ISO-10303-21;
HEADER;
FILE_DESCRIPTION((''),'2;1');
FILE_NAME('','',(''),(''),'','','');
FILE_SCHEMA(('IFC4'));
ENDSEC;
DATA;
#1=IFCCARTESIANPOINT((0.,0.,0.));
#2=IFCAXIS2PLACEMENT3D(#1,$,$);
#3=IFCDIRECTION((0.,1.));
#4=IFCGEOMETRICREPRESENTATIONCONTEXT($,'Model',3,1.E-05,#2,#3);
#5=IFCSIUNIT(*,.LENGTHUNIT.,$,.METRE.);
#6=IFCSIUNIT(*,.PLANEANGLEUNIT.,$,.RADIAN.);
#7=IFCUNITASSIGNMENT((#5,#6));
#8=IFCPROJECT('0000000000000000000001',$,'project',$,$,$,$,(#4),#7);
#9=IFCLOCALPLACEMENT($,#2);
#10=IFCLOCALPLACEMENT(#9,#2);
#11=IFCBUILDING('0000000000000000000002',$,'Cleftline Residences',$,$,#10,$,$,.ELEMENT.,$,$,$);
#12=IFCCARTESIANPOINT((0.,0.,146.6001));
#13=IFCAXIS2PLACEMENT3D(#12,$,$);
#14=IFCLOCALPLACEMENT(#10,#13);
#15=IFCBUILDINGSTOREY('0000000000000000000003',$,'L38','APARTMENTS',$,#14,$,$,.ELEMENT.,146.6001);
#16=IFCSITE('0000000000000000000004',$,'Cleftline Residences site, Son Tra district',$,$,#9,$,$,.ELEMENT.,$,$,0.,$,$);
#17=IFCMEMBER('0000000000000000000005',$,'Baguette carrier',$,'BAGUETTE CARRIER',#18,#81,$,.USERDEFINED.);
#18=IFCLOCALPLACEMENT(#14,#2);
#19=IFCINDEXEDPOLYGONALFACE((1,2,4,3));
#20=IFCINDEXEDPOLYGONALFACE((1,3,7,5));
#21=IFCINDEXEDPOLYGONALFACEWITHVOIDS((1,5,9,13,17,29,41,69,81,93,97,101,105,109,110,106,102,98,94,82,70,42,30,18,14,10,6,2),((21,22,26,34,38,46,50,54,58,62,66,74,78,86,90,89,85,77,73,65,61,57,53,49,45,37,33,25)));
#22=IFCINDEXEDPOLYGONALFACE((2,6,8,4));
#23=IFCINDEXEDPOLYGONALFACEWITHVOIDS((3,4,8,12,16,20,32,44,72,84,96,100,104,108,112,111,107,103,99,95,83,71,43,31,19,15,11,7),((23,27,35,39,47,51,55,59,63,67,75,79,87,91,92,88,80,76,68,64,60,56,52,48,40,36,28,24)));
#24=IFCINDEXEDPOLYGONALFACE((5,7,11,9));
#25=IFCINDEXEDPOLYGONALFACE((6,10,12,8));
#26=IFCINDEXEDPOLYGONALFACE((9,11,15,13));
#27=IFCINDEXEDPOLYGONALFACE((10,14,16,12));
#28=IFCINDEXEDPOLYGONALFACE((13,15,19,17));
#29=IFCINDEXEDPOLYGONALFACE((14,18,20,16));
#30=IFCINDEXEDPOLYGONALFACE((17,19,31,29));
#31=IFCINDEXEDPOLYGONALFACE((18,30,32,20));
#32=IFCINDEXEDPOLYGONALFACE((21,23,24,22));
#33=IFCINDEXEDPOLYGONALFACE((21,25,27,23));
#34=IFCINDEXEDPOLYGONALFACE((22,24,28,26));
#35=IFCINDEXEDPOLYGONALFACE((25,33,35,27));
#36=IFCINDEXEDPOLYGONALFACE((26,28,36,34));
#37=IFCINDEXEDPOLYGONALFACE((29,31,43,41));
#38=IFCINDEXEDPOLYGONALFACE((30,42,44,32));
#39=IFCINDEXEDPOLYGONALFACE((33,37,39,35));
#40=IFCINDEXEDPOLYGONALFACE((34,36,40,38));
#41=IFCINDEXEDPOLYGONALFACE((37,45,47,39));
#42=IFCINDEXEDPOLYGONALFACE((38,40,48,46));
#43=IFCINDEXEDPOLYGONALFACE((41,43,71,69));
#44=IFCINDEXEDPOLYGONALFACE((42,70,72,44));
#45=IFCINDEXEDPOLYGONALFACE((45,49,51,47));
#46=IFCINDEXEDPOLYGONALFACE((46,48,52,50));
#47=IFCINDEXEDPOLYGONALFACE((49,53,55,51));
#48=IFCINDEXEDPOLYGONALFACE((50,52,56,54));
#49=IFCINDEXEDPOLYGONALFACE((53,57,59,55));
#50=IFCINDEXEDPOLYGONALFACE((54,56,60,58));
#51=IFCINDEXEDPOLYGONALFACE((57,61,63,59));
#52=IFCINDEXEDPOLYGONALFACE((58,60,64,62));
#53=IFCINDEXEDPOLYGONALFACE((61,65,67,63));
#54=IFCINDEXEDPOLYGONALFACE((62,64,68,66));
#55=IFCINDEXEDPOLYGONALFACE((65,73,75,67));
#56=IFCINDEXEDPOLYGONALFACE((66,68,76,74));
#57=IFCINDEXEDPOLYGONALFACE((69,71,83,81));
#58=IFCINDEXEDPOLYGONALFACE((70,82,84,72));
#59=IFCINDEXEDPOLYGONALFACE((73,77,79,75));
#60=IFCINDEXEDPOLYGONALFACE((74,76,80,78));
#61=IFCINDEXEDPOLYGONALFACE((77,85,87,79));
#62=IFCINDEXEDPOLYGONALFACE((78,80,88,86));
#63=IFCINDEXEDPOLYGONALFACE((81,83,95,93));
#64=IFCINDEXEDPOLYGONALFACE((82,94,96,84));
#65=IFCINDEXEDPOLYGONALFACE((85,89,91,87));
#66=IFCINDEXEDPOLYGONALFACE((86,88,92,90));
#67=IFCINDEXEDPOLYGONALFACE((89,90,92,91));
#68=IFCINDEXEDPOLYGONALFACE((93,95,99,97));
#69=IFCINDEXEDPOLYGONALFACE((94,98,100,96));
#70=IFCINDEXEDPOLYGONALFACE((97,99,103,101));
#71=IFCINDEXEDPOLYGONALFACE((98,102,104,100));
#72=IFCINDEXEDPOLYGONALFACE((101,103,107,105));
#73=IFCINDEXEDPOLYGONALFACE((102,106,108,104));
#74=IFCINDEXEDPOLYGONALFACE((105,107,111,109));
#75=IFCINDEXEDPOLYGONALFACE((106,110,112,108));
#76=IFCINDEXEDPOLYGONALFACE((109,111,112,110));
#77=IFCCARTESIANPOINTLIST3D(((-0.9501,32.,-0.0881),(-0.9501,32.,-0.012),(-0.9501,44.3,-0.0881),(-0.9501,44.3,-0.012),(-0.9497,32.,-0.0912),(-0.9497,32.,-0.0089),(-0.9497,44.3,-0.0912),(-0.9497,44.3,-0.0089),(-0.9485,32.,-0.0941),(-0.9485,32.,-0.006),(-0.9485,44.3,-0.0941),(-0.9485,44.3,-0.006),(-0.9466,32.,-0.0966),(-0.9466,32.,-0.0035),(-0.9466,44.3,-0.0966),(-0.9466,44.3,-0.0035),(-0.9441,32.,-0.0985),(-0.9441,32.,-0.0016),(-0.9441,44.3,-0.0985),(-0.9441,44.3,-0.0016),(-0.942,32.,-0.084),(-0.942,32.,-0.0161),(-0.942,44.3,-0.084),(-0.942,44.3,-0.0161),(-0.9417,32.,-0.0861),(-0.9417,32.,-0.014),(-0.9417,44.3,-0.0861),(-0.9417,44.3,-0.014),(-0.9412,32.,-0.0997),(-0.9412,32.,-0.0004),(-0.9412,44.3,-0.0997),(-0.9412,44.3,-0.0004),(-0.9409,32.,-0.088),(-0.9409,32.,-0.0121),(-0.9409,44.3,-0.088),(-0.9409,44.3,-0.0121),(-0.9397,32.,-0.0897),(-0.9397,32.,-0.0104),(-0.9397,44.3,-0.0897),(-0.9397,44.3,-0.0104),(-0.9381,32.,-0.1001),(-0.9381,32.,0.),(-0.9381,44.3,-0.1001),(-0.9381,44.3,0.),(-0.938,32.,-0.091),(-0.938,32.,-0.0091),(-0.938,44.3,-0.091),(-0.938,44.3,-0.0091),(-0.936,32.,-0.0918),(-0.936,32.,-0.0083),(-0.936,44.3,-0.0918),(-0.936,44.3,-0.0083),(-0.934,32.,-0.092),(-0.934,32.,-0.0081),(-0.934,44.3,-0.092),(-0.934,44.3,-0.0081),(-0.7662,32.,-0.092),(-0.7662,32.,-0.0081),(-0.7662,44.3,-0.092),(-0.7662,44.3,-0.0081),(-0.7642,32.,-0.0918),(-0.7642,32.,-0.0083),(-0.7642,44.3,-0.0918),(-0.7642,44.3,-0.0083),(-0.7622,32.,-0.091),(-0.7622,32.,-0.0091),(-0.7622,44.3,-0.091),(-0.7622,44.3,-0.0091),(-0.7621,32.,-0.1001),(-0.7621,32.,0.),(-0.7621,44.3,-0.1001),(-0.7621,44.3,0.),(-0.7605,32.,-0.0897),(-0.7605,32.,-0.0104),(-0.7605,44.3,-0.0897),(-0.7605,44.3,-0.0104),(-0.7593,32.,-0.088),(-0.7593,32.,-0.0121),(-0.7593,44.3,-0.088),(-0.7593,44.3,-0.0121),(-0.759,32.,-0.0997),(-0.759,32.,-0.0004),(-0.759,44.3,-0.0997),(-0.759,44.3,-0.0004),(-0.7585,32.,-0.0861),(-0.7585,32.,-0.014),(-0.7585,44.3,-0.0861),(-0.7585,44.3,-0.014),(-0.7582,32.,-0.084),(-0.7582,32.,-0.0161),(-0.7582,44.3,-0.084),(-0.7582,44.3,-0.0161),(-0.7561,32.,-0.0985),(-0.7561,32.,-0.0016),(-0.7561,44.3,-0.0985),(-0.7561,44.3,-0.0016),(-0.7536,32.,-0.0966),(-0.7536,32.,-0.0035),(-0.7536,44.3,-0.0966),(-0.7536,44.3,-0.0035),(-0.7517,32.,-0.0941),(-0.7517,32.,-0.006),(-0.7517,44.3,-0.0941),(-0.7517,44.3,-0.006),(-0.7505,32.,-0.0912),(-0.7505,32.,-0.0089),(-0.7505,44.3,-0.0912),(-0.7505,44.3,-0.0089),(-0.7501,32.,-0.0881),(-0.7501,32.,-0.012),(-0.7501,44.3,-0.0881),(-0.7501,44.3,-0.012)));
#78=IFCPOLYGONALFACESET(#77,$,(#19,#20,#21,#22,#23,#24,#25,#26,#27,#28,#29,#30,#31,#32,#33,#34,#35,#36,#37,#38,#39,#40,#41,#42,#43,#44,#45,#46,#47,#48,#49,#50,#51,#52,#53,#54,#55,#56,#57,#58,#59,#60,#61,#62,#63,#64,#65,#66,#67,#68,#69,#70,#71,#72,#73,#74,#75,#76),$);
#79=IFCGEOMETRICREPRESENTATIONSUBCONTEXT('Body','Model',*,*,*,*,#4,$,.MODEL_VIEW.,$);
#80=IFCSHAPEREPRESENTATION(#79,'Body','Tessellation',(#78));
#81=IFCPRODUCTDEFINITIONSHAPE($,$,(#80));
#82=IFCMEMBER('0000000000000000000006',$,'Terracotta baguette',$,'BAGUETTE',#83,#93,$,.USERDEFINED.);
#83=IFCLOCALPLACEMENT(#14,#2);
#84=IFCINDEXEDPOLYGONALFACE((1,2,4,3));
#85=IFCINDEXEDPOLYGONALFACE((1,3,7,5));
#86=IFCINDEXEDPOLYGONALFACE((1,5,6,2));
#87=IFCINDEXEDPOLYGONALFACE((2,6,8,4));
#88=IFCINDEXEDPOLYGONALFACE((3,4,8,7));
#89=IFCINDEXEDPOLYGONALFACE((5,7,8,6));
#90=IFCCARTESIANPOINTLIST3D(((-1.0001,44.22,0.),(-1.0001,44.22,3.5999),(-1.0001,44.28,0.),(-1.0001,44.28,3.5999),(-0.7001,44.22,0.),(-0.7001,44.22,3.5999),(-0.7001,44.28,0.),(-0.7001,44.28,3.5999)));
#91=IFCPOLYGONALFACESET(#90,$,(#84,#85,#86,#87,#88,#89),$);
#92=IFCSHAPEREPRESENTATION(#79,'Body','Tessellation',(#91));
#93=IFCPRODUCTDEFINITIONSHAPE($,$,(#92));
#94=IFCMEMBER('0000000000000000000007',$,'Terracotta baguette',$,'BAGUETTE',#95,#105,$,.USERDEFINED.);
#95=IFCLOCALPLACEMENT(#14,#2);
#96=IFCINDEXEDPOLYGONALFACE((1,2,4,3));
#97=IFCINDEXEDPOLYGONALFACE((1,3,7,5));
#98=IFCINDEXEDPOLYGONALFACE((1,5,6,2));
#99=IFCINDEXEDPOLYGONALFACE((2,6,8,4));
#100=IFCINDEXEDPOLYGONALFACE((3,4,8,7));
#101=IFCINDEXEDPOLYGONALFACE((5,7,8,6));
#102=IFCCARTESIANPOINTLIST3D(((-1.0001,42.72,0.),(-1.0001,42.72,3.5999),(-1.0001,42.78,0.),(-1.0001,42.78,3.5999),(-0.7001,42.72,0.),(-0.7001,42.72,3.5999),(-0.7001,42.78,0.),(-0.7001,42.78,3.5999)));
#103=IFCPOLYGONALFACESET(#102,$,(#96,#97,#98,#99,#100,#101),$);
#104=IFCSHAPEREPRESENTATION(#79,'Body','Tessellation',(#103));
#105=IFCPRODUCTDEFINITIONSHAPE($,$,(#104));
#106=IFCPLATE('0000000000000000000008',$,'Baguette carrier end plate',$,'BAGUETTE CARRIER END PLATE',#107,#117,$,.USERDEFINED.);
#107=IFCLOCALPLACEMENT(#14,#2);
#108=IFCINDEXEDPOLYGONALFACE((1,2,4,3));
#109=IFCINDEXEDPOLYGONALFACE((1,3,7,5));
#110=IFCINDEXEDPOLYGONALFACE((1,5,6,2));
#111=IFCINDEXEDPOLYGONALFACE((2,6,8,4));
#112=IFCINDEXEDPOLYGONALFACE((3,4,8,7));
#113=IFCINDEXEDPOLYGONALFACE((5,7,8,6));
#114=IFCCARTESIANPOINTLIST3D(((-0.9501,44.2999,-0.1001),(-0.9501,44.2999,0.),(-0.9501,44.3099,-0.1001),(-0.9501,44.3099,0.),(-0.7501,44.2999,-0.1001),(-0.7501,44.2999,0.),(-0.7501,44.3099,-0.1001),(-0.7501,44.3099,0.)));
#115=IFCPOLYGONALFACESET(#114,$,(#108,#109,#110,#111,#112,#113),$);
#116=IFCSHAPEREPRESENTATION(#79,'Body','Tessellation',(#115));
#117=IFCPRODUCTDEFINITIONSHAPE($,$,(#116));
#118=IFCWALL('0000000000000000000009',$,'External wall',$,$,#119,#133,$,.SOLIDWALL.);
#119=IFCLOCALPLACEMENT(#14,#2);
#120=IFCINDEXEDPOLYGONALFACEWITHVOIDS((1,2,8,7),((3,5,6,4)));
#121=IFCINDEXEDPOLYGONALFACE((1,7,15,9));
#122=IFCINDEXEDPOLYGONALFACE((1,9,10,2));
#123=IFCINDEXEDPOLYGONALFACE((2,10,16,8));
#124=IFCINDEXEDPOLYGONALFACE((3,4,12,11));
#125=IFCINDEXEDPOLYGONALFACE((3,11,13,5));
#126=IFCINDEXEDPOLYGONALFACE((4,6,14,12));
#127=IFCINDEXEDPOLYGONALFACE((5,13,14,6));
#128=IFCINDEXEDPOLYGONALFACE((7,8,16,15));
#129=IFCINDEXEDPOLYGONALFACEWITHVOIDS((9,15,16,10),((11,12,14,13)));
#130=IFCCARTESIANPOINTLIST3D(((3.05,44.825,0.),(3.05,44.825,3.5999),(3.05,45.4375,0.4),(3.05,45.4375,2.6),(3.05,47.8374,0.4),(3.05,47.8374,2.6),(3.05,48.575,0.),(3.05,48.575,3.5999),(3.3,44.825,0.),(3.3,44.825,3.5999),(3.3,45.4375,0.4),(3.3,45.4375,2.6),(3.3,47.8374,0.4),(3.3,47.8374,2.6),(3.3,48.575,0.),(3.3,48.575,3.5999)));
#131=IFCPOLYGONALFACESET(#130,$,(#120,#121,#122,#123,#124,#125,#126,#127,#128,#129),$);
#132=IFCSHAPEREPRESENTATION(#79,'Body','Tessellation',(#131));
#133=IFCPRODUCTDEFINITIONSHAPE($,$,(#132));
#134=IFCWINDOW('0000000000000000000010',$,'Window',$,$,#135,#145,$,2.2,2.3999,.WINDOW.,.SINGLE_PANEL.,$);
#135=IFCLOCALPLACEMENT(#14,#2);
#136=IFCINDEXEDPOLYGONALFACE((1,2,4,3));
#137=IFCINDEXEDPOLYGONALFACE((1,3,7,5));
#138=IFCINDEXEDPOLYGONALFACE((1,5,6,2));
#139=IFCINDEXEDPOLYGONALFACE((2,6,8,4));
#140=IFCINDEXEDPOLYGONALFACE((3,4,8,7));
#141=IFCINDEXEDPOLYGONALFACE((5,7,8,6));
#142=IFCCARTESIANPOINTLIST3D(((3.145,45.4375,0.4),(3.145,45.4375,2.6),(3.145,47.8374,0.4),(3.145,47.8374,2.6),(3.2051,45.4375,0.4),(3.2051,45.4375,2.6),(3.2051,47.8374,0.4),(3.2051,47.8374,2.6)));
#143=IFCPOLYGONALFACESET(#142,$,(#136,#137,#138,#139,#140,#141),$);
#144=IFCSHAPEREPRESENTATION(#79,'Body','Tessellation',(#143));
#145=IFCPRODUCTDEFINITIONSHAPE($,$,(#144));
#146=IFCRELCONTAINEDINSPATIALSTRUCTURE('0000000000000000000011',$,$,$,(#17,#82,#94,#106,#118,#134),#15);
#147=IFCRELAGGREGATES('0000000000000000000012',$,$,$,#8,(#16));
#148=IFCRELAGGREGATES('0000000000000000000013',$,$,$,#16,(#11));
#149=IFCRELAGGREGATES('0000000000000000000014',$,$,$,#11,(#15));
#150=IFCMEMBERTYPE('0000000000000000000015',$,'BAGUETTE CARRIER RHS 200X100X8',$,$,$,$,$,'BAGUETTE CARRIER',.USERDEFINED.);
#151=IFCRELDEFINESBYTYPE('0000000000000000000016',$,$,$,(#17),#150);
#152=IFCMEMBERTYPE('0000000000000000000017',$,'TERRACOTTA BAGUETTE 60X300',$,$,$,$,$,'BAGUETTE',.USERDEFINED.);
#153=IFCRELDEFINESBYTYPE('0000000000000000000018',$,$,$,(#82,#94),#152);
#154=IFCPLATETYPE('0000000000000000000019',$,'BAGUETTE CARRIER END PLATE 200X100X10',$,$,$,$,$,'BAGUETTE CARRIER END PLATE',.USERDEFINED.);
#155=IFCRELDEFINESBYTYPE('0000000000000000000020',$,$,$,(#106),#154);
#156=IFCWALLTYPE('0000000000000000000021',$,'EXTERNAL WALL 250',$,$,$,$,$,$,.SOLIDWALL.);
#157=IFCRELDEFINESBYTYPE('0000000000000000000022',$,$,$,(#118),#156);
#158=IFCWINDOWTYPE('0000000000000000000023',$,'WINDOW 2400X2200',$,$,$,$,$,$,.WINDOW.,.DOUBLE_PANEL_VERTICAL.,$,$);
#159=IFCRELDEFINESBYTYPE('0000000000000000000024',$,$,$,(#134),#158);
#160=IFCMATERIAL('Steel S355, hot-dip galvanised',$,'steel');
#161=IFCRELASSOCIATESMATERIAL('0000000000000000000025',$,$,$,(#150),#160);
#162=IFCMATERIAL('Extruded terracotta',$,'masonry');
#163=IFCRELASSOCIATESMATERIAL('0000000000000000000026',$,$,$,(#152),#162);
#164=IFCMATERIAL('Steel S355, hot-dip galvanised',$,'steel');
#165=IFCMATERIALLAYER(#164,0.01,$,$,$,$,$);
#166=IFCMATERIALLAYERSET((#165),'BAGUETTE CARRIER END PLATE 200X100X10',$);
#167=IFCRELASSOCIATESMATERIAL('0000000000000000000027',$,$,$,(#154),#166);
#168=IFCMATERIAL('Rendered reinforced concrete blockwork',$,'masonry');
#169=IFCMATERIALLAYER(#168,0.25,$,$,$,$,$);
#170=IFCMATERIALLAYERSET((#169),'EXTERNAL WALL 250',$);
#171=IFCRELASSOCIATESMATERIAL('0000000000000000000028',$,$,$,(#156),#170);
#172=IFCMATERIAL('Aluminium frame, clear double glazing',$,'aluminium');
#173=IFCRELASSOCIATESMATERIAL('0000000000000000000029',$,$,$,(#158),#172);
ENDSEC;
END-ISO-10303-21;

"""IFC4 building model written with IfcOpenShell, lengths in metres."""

from ifc_helpers import new_model, si_unit, direction, frame, frame_2d, origin, origin_2d, place, context, subcontext, project, spatial, rectangle, hollow_rectangle, extrude, material, layer, layer_set, material_profile, profile_set, type_object, element, fill, save


model = new_model("IFC4")

# Units and contexts
model_context = context("Model", 3, precision=1e-05, world=origin(), true_north=direction((0.0, 1.0)))
body_context = subcontext(model_context, "Body", "Model", "MODEL_VIEW")
ifc_project = project(units=[si_unit("LENGTHUNIT", "METRE"), si_unit("PLANEANGLEUNIT", "RADIAN")], contexts=[model_context])

# Site, building, storey
site_placement = place(None, origin())
site = spatial("IfcSite", under=ifc_project, at=site_placement, Name="Cleftline Residences site, Son Tra district", CompositionType="ELEMENT", RefElevation=0.0)
building_placement = place(site_placement, origin())
building = spatial("IfcBuilding", under=site, at=building_placement, Name="Cleftline Residences", CompositionType="ELEMENT")
storey_placement = place(building_placement, frame((0.0, 0.0, 146.6001)))
storey = spatial("IfcBuildingStorey", under=building, at=storey_placement, Name="L38", Description="APARTMENTS", CompositionType="ELEMENT", Elevation=146.6001)

# Members
ifc_material_1 = material(Name="Steel S355, hot-dip galvanised", Category="steel")
ifc_material_profile_1 = material_profile(ifc_material_1, hollow_rectangle(XDim=0.1001, YDim=0.2, WallThickness=0.0081, InnerFilletRadius=0.0081, OuterFilletRadius=0.012, at=origin_2d()))
ifc_profile_set_1 = profile_set([ifc_material_profile_1], Name="Steel S355, hot-dip galvanised")
member_type_1 = type_object("IfcMemberType", Name="BAGUETTE CARRIER RHS 200X100X8", ElementType="BAGUETTE CARRIER", PredefinedType="USERDEFINED", material=ifc_profile_set_1)
member_placement = place(storey_placement, frame((-0.8501, 44.3, -0.05), z_axis=(0.0, -1.0, 0.0), x_axis=(0.0, 0.0, 1.0)))
element("IfcMember", 1, at=member_placement, inside=storey, type_object=member_type_1, Name="Baguette carrier", ObjectType="BAGUETTE CARRIER", PredefinedType="USERDEFINED", context=body_context, shape_type="SweptSolid", body=[
    extrude(hollow_rectangle(XDim=0.1001, YDim=0.2, WallThickness=0.0081, InnerFilletRadius=0.0081, OuterFilletRadius=0.012, at=origin_2d()), origin(), (0.0, 0.0, 1.0), 12.3),
])
ifc_material_2 = material(Name="Extruded terracotta", Category="masonry")
ifc_material_profile_2 = material_profile(ifc_material_2, rectangle(XDim=0.0601, YDim=0.3, at=origin_2d()))
ifc_profile_set_2 = profile_set([ifc_material_profile_2], Name="Extruded terracotta")
member_type_2 = type_object("IfcMemberType", Name="TERRACOTTA BAGUETTE 60X300", ElementType="BAGUETTE", PredefinedType="USERDEFINED", material=ifc_profile_set_2)
for number, where, z_axis, x_axis, name in (
    (2, (-0.8501, 44.25, 0.0), (0.0, 0.0, 1.0), (0.0, 1.0, 0.0), "Terracotta baguette"),
    (3, (-0.8501, 42.75, 0.0), (0.0, 0.0, 1.0), (0.0, 1.0, 0.0), "Terracotta baguette"),
):
    element("IfcMember", number, at=place(storey_placement, frame(where, z_axis=z_axis, x_axis=x_axis)), inside=storey, type_object=member_type_2, Name=name, ObjectType="BAGUETTE", PredefinedType="USERDEFINED", context=body_context, shape_type="SweptSolid", body=[
        extrude(rectangle(XDim=0.0601, YDim=0.3, at=origin_2d()), origin(), (0.0, 0.0, 1.0), 3.5999),
    ])

# Plate
ifc_material_3 = material(Name="Steel S355, hot-dip galvanised", Category="steel")
ifc_layer_1 = layer(ifc_material_3, 0.01)
ifc_layer_set_1 = layer_set([ifc_layer_1], Name="BAGUETTE CARRIER END PLATE 200X100X10")
plate_type = type_object("IfcPlateType", Name="BAGUETTE CARRIER END PLATE 200X100X10", ElementType="BAGUETTE CARRIER END PLATE", PredefinedType="USERDEFINED", material=ifc_layer_set_1)
plate_placement = place(storey_placement, frame((-0.8501, 44.3049, -0.1001), z_axis=(0.0, 0.0, 1.0), x_axis=(-1.0, 0.0, 0.0)))
element("IfcPlate", 4, at=plate_placement, inside=storey, type_object=plate_type, Name="Baguette carrier end plate", ObjectType="BAGUETTE CARRIER END PLATE", PredefinedType="USERDEFINED", context=body_context, shape_type="SweptSolid", body=[
    extrude(rectangle(XDim=0.2, YDim=0.01, at=origin_2d()), origin(), (0.0, 0.0, 1.0), 0.1001),
])

# Wall, opening, window
ifc_material_4 = material(Name="Rendered reinforced concrete blockwork", Category="masonry")
ifc_layer_2 = layer(ifc_material_4, 0.25)
ifc_layer_set_2 = layer_set([ifc_layer_2], Name="EXTERNAL WALL 250")
wall_type = type_object("IfcWallType", Name="EXTERNAL WALL 250", PredefinedType="SOLIDWALL", material=ifc_layer_set_2)
wall_1_placement = place(storey_placement, frame((3.175, 48.575, 0.0), z_axis=(0.0, 0.0, 1.0), x_axis=(0.0, -1.0, 0.0)))
wall_1 = element("IfcWall", 5, at=wall_1_placement, inside=storey, type_object=wall_type, Name="External wall", PredefinedType="SOLIDWALL", context=body_context, shape_type="SweptSolid", body=[
    extrude(rectangle(XDim=3.75, YDim=0.25, at=frame_2d((1.875, 0.0))), origin(), (0.0, 0.0, 1.0), 3.5999),
])
opening_1_placement = place(wall_1_placement, frame((0.7375, 0.0, 0.3999)))
opening_1 = element("IfcOpeningElement", 6, at=opening_1_placement, cuts=wall_1, PredefinedType="OPENING", context=body_context, shape_type="SweptSolid", body=[
    extrude(rectangle(XDim=2.3999, YDim=2.2, at=frame_2d((1.2, 1.1001))), frame((0.0, 0.135, 0.0), z_axis=(0.0, -1.0, 0.0), x_axis=(1.0, 0.0, 0.0)), (0.0, 0.0, 1.0), 0.27),
])
ifc_material_5 = material(Name="Aluminium frame, clear double glazing", Category="aluminium")
window_type_1 = type_object("IfcWindowType", Name="WINDOW 2400X2200", PartitioningType="DOUBLE_PANEL_VERTICAL", PredefinedType="WINDOW", material=ifc_material_5)
window_1_placement = place(opening_1_placement, origin())
window_1 = element("IfcWindow", 7, at=window_1_placement, inside=storey, type_object=window_type_1, Name="Window", OverallHeight=2.2, OverallWidth=2.3999, PartitioningType="SINGLE_PANEL", PredefinedType="WINDOW", context=body_context, shape_type="SweptSolid", body=[
    extrude(rectangle(XDim=2.3999, YDim=2.2, at=frame_2d((1.2, 1.1001))), frame((0.0, 0.03, 0.0), z_axis=(0.0, -1.0, 0.0), x_axis=(1.0, 0.0, 0.0)), (0.0, 0.0, 1.0), 0.0601),
])
fill(opening_1, window_1)

save(model, "model.ifc")
